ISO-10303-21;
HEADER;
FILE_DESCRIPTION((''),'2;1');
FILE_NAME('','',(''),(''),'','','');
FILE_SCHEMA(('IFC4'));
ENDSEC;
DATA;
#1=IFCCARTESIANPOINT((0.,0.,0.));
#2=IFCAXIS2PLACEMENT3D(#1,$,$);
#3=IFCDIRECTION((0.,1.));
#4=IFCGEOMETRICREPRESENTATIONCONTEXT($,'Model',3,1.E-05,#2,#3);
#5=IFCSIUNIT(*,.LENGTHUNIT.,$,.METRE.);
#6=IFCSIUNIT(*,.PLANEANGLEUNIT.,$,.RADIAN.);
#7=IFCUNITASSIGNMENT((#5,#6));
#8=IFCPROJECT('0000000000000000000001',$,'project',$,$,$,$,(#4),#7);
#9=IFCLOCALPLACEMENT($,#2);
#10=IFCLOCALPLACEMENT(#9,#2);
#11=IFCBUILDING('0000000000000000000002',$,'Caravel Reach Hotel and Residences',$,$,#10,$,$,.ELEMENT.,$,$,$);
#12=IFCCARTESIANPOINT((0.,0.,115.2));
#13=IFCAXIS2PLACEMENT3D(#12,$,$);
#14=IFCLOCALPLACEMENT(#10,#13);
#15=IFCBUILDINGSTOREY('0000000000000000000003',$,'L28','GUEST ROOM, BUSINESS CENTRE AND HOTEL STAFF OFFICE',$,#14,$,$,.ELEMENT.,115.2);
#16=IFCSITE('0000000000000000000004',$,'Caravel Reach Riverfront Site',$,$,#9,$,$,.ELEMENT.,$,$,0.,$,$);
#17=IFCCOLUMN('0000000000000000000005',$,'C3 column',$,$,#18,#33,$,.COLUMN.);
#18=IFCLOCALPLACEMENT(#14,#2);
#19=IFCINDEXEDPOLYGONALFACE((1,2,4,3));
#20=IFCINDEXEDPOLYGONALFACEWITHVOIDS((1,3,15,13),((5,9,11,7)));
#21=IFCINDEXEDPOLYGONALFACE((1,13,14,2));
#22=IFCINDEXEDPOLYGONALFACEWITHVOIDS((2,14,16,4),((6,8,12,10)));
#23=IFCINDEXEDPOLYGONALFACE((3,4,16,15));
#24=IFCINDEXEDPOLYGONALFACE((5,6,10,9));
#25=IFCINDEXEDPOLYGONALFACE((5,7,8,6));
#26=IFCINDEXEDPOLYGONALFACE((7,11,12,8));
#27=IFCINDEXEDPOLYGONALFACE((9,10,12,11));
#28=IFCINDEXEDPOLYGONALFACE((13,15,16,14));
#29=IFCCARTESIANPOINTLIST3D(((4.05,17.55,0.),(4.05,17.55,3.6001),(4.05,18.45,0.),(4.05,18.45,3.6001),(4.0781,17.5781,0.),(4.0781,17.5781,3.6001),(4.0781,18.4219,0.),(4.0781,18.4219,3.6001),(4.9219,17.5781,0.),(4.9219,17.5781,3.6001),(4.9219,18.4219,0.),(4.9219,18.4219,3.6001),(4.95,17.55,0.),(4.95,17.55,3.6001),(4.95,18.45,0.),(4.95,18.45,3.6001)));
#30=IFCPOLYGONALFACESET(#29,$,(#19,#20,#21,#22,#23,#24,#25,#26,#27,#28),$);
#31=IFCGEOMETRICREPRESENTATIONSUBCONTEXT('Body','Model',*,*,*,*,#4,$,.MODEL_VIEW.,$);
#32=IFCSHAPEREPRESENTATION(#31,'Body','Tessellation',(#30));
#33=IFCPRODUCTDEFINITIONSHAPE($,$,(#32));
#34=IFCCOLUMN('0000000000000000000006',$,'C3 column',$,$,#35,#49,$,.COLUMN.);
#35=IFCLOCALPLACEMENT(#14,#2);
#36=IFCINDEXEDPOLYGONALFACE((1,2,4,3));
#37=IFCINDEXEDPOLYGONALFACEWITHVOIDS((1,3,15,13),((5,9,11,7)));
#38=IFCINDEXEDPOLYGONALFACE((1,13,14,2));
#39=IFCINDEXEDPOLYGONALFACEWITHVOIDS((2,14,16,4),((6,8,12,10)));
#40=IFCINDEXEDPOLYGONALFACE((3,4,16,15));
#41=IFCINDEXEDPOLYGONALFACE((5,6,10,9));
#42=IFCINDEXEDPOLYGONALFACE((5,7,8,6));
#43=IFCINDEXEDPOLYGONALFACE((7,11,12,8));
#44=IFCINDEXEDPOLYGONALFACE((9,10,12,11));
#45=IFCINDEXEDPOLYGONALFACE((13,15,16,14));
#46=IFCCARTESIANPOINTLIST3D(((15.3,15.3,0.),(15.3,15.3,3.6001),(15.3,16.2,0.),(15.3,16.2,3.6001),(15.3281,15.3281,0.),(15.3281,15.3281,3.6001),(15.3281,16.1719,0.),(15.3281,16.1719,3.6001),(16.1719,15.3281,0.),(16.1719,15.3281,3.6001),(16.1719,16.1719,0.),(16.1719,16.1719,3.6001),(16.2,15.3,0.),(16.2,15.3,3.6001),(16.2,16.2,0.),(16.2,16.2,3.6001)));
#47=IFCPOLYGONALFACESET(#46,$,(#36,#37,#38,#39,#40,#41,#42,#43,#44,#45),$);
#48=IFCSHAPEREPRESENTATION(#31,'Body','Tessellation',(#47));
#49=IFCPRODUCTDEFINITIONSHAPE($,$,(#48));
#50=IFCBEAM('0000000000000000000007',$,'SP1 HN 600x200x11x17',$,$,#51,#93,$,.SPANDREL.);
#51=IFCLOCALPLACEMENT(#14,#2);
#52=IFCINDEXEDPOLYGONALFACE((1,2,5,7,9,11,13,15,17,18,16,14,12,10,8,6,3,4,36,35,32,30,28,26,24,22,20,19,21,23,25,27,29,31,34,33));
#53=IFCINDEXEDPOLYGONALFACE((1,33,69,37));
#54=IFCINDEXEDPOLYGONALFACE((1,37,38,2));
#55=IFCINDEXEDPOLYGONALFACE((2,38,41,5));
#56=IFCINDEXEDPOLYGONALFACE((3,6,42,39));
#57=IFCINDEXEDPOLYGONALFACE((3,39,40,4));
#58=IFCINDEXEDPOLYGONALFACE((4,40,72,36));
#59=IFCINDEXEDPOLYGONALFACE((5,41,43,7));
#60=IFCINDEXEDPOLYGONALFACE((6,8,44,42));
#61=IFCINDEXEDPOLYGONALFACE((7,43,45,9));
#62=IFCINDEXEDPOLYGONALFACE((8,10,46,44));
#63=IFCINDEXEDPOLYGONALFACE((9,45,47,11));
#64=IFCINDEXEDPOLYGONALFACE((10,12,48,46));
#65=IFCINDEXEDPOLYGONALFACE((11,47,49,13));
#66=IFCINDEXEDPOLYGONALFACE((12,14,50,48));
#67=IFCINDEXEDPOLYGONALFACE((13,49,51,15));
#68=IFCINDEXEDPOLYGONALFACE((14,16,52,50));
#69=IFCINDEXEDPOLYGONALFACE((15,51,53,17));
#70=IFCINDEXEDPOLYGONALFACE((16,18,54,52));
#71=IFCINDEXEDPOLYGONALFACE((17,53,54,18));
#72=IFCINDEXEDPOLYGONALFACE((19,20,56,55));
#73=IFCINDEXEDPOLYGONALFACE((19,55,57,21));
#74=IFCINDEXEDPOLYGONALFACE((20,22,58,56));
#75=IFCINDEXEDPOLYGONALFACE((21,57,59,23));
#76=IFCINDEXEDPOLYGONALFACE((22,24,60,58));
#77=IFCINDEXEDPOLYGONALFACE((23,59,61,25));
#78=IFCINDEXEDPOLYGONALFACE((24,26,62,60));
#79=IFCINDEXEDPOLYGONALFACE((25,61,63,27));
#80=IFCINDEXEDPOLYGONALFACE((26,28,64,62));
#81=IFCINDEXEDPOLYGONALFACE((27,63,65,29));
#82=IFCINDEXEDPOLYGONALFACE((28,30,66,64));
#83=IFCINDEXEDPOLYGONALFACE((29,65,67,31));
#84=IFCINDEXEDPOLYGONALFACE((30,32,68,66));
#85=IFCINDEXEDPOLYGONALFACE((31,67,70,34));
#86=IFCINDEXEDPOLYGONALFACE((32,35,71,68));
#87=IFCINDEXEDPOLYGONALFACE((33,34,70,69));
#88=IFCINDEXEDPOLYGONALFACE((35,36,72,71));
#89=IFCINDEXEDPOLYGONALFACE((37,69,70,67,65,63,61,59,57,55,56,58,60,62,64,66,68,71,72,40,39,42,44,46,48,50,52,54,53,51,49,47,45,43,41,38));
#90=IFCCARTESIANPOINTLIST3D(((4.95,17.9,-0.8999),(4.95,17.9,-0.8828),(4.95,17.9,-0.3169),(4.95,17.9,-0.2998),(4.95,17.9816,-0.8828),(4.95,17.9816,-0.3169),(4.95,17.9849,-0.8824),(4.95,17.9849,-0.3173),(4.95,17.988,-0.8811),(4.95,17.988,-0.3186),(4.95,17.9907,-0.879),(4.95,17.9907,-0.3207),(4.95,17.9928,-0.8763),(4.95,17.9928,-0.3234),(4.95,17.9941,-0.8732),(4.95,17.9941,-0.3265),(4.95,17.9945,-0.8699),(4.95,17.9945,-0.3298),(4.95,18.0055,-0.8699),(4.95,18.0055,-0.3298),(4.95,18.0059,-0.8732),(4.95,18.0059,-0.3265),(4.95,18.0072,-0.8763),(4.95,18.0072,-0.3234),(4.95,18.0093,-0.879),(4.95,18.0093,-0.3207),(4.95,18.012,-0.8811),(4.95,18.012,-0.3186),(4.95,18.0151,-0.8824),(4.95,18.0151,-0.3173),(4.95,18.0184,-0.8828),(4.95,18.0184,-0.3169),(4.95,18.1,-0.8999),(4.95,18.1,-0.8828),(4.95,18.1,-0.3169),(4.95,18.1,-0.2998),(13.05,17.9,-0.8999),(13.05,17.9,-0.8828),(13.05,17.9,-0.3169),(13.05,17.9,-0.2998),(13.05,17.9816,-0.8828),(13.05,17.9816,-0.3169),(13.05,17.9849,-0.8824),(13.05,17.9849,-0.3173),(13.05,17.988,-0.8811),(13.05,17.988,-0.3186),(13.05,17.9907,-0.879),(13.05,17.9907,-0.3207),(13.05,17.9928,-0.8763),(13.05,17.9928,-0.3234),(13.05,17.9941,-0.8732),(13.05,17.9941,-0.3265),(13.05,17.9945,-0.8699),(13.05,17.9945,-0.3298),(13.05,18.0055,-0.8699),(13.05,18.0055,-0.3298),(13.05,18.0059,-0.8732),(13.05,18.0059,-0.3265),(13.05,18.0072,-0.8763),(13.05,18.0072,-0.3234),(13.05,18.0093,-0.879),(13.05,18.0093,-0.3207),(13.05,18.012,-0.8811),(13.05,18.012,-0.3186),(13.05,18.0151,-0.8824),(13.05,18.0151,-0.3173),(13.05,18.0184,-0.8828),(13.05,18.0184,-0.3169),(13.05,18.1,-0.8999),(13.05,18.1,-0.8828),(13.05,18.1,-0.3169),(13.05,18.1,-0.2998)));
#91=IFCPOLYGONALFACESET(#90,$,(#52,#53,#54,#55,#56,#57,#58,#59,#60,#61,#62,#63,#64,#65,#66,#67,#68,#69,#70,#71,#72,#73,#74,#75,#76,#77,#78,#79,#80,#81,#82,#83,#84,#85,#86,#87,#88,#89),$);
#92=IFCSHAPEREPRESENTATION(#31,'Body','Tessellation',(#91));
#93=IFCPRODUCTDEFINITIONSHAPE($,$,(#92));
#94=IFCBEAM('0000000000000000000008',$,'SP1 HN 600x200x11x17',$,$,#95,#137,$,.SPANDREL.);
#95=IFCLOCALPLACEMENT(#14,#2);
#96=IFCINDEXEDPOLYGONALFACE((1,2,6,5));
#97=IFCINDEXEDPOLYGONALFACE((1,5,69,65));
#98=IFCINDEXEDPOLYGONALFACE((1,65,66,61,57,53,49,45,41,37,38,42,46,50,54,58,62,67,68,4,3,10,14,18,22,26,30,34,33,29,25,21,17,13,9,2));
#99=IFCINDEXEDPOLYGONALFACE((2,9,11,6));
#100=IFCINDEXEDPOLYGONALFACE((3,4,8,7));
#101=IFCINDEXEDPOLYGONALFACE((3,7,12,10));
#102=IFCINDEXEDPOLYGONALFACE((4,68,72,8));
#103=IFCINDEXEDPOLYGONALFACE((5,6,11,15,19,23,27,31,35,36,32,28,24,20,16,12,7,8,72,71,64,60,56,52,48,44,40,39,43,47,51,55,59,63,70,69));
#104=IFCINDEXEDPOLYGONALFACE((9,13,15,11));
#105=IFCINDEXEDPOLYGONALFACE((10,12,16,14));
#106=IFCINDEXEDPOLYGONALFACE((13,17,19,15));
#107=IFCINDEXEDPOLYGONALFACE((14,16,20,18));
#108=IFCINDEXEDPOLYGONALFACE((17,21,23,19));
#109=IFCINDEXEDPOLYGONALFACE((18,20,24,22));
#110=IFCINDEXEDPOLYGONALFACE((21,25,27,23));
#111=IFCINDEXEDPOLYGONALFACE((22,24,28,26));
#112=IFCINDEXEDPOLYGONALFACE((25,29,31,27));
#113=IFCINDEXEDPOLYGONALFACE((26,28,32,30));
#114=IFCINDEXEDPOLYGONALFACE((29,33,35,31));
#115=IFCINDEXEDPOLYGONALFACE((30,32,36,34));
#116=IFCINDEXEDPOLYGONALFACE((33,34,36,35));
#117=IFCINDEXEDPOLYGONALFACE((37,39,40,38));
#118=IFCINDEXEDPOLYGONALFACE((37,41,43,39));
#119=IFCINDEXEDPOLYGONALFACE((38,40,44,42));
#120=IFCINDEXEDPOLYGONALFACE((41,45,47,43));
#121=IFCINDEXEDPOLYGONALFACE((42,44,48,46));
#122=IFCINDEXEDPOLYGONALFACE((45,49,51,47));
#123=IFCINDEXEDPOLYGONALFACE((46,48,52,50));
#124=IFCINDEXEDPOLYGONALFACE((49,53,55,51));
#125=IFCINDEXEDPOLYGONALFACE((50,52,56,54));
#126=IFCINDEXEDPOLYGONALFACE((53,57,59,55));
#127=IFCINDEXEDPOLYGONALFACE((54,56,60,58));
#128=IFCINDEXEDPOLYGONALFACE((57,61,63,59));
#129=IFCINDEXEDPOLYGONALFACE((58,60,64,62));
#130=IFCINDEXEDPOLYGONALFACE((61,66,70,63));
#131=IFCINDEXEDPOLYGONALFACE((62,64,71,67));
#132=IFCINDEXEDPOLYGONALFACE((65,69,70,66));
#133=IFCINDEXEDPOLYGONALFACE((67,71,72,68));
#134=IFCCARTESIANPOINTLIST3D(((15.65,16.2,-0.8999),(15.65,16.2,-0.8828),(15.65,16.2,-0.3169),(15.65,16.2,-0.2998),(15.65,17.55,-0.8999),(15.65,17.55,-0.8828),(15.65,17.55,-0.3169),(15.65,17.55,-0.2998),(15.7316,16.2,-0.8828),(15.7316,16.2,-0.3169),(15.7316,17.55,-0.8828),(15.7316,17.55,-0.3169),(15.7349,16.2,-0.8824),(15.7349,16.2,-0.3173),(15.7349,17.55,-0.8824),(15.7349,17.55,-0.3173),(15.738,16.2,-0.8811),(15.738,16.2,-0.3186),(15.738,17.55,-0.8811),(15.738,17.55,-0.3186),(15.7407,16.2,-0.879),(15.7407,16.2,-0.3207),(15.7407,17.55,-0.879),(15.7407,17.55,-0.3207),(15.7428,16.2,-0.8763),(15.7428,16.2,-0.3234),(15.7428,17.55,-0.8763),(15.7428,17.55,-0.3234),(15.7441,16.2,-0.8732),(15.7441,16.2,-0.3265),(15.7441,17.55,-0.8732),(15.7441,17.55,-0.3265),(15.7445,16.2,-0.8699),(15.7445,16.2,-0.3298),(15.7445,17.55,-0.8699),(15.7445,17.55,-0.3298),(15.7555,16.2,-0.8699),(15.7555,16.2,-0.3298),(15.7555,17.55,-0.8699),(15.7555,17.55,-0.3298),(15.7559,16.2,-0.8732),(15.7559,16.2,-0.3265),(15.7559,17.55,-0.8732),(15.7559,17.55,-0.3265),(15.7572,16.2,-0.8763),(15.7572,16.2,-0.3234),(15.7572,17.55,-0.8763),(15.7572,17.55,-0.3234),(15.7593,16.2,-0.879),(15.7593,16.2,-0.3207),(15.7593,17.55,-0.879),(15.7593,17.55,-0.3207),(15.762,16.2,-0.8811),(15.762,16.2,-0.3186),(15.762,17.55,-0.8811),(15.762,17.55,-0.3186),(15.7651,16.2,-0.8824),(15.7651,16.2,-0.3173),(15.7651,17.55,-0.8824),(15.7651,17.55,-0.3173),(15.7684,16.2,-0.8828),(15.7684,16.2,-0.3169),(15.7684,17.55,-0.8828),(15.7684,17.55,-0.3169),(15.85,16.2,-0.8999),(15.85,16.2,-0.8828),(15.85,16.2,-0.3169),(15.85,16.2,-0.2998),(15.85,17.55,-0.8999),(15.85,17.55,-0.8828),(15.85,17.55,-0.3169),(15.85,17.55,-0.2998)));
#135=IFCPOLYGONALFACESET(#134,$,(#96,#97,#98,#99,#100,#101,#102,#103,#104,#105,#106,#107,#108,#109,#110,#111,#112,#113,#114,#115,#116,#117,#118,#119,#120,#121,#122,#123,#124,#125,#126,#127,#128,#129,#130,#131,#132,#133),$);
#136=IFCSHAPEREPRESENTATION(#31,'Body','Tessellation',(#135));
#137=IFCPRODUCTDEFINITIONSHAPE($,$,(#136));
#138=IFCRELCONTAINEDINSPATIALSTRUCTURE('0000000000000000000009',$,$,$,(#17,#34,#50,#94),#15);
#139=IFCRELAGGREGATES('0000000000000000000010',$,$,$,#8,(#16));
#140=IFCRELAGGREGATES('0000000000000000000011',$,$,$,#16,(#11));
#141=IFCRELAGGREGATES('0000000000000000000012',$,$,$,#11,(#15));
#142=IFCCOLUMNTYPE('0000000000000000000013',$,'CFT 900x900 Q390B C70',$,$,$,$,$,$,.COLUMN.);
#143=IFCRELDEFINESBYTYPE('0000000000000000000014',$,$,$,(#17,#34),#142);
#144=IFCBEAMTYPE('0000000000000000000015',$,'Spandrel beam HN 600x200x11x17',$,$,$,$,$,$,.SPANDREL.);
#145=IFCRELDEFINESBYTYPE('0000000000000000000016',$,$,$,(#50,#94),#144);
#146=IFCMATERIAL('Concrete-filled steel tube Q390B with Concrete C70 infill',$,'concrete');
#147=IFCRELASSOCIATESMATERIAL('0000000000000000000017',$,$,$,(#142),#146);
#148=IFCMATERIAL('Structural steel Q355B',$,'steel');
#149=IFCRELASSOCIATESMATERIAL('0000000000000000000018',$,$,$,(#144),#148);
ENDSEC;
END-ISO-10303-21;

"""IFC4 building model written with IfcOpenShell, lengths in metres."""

from ifc_helpers import new_model, si_unit, direction, frame, origin, origin_2d, place, context, subcontext, project, spatial, hollow_rectangle, i_section, extrude, material, material_profile, profile_set, type_object, element, save


model = new_model("IFC4")

# Units and contexts
model_context = context("Model", 3, precision=1e-05, world=origin(), true_north=direction((0.0, 1.0)))
body_context = subcontext(model_context, "Body", "Model", "MODEL_VIEW")
ifc_project = project(units=[si_unit("LENGTHUNIT", "METRE"), si_unit("PLANEANGLEUNIT", "RADIAN")], contexts=[model_context])

# Site, building, storey
site_placement = place(None, origin())
site = spatial("IfcSite", under=ifc_project, at=site_placement, Name="Caravel Reach Riverfront Site", CompositionType="ELEMENT", RefElevation=0.0)
building_placement = place(site_placement, origin())
building = spatial("IfcBuilding", under=site, at=building_placement, Name="Caravel Reach Hotel and Residences", CompositionType="ELEMENT")
storey_placement = place(building_placement, frame((0.0, 0.0, 115.2)))
storey = spatial("IfcBuildingStorey", under=building, at=storey_placement, Name="L28", Description="GUEST ROOM, BUSINESS CENTRE AND HOTEL STAFF OFFICE", CompositionType="ELEMENT", Elevation=115.2)

# Columns
ifc_material_1 = material(Name="Concrete-filled steel tube Q390B with Concrete C70 infill", Category="concrete")
ifc_material_profile_1 = material_profile(ifc_material_1, hollow_rectangle(XDim=0.8999, YDim=0.8999, WallThickness=0.0281, at=origin_2d()), Name="RHS 900x900x28")
ifc_profile_set_1 = profile_set([ifc_material_profile_1], Name="Concrete-filled steel tube Q390B with Concrete C70 infill")
column_type = type_object("IfcColumnType", Name="CFT 900x900 Q390B C70", PredefinedType="COLUMN", material=ifc_profile_set_1)
for number, where, z_axis, x_axis, name in (
    (1, (4.5, 18.0, 0.0), (0.0, 0.0, 1.0), (1.0, 0.0, 0.0), "C3 column"),
    (2, (15.75, 15.75, 0.0), (0.0, 0.0, 1.0), (1.0, 0.0, 0.0), "C3 column"),
):
    element("IfcColumn", number, at=place(storey_placement, frame(where, z_axis=z_axis, x_axis=x_axis)), inside=storey, type_object=column_type, Name=name, PredefinedType="COLUMN", context=body_context, shape_type="SweptSolid", body=[
        extrude(hollow_rectangle(XDim=0.8999, YDim=0.8999, WallThickness=0.0281, at=origin_2d()), origin(), (0.0, 0.0, 1.0), 3.6001),
    ])

# Beams
ifc_material_2 = material(Name="Structural steel Q355B", Category="steel")
ifc_material_profile_2 = material_profile(ifc_material_2, i_section(OverallWidth=0.2, OverallDepth=0.6001, WebThickness=0.011, FlangeThickness=0.0171, FilletRadius=0.0129, at=origin_2d()), Name="HN 600x200x11x17")
ifc_profile_set_2 = profile_set([ifc_material_profile_2], Name="Structural steel Q355B")
beam_type = type_object("IfcBeamType", Name="Spandrel beam HN 600x200x11x17", PredefinedType="SPANDREL", material=ifc_profile_set_2)
beam_1_placement = place(storey_placement, frame((4.95, 18.0, -0.5999), z_axis=(1.0, 0.0, 0.0), x_axis=(0.0, 1.0, 0.0)))
element("IfcBeam", 3, at=beam_1_placement, inside=storey, type_object=beam_type, Name="SP1 HN 600x200x11x17", PredefinedType="SPANDREL", context=body_context, shape_type="SweptSolid", body=[
    extrude(i_section(OverallWidth=0.2, OverallDepth=0.6001, WebThickness=0.011, FlangeThickness=0.0171, FilletRadius=0.0129, at=origin_2d()), origin(), (0.0, 0.0, 1.0), 8.1001),
])
beam_2_placement = place(storey_placement, frame((15.75, 17.55, -0.5999), z_axis=(0.0, -1.0, 0.0), x_axis=(1.0, 0.0, 0.0)))
element("IfcBeam", 4, at=beam_2_placement, inside=storey, type_object=beam_type, Name="SP1 HN 600x200x11x17", PredefinedType="SPANDREL", context=body_context, shape_type="SweptSolid", body=[
    extrude(i_section(OverallWidth=0.2, OverallDepth=0.6001, WebThickness=0.011, FlangeThickness=0.0171, FilletRadius=0.0129, at=origin_2d()), origin(), (0.0, 0.0, 1.0), 1.3501),
])

save(model, "model.ifc")
